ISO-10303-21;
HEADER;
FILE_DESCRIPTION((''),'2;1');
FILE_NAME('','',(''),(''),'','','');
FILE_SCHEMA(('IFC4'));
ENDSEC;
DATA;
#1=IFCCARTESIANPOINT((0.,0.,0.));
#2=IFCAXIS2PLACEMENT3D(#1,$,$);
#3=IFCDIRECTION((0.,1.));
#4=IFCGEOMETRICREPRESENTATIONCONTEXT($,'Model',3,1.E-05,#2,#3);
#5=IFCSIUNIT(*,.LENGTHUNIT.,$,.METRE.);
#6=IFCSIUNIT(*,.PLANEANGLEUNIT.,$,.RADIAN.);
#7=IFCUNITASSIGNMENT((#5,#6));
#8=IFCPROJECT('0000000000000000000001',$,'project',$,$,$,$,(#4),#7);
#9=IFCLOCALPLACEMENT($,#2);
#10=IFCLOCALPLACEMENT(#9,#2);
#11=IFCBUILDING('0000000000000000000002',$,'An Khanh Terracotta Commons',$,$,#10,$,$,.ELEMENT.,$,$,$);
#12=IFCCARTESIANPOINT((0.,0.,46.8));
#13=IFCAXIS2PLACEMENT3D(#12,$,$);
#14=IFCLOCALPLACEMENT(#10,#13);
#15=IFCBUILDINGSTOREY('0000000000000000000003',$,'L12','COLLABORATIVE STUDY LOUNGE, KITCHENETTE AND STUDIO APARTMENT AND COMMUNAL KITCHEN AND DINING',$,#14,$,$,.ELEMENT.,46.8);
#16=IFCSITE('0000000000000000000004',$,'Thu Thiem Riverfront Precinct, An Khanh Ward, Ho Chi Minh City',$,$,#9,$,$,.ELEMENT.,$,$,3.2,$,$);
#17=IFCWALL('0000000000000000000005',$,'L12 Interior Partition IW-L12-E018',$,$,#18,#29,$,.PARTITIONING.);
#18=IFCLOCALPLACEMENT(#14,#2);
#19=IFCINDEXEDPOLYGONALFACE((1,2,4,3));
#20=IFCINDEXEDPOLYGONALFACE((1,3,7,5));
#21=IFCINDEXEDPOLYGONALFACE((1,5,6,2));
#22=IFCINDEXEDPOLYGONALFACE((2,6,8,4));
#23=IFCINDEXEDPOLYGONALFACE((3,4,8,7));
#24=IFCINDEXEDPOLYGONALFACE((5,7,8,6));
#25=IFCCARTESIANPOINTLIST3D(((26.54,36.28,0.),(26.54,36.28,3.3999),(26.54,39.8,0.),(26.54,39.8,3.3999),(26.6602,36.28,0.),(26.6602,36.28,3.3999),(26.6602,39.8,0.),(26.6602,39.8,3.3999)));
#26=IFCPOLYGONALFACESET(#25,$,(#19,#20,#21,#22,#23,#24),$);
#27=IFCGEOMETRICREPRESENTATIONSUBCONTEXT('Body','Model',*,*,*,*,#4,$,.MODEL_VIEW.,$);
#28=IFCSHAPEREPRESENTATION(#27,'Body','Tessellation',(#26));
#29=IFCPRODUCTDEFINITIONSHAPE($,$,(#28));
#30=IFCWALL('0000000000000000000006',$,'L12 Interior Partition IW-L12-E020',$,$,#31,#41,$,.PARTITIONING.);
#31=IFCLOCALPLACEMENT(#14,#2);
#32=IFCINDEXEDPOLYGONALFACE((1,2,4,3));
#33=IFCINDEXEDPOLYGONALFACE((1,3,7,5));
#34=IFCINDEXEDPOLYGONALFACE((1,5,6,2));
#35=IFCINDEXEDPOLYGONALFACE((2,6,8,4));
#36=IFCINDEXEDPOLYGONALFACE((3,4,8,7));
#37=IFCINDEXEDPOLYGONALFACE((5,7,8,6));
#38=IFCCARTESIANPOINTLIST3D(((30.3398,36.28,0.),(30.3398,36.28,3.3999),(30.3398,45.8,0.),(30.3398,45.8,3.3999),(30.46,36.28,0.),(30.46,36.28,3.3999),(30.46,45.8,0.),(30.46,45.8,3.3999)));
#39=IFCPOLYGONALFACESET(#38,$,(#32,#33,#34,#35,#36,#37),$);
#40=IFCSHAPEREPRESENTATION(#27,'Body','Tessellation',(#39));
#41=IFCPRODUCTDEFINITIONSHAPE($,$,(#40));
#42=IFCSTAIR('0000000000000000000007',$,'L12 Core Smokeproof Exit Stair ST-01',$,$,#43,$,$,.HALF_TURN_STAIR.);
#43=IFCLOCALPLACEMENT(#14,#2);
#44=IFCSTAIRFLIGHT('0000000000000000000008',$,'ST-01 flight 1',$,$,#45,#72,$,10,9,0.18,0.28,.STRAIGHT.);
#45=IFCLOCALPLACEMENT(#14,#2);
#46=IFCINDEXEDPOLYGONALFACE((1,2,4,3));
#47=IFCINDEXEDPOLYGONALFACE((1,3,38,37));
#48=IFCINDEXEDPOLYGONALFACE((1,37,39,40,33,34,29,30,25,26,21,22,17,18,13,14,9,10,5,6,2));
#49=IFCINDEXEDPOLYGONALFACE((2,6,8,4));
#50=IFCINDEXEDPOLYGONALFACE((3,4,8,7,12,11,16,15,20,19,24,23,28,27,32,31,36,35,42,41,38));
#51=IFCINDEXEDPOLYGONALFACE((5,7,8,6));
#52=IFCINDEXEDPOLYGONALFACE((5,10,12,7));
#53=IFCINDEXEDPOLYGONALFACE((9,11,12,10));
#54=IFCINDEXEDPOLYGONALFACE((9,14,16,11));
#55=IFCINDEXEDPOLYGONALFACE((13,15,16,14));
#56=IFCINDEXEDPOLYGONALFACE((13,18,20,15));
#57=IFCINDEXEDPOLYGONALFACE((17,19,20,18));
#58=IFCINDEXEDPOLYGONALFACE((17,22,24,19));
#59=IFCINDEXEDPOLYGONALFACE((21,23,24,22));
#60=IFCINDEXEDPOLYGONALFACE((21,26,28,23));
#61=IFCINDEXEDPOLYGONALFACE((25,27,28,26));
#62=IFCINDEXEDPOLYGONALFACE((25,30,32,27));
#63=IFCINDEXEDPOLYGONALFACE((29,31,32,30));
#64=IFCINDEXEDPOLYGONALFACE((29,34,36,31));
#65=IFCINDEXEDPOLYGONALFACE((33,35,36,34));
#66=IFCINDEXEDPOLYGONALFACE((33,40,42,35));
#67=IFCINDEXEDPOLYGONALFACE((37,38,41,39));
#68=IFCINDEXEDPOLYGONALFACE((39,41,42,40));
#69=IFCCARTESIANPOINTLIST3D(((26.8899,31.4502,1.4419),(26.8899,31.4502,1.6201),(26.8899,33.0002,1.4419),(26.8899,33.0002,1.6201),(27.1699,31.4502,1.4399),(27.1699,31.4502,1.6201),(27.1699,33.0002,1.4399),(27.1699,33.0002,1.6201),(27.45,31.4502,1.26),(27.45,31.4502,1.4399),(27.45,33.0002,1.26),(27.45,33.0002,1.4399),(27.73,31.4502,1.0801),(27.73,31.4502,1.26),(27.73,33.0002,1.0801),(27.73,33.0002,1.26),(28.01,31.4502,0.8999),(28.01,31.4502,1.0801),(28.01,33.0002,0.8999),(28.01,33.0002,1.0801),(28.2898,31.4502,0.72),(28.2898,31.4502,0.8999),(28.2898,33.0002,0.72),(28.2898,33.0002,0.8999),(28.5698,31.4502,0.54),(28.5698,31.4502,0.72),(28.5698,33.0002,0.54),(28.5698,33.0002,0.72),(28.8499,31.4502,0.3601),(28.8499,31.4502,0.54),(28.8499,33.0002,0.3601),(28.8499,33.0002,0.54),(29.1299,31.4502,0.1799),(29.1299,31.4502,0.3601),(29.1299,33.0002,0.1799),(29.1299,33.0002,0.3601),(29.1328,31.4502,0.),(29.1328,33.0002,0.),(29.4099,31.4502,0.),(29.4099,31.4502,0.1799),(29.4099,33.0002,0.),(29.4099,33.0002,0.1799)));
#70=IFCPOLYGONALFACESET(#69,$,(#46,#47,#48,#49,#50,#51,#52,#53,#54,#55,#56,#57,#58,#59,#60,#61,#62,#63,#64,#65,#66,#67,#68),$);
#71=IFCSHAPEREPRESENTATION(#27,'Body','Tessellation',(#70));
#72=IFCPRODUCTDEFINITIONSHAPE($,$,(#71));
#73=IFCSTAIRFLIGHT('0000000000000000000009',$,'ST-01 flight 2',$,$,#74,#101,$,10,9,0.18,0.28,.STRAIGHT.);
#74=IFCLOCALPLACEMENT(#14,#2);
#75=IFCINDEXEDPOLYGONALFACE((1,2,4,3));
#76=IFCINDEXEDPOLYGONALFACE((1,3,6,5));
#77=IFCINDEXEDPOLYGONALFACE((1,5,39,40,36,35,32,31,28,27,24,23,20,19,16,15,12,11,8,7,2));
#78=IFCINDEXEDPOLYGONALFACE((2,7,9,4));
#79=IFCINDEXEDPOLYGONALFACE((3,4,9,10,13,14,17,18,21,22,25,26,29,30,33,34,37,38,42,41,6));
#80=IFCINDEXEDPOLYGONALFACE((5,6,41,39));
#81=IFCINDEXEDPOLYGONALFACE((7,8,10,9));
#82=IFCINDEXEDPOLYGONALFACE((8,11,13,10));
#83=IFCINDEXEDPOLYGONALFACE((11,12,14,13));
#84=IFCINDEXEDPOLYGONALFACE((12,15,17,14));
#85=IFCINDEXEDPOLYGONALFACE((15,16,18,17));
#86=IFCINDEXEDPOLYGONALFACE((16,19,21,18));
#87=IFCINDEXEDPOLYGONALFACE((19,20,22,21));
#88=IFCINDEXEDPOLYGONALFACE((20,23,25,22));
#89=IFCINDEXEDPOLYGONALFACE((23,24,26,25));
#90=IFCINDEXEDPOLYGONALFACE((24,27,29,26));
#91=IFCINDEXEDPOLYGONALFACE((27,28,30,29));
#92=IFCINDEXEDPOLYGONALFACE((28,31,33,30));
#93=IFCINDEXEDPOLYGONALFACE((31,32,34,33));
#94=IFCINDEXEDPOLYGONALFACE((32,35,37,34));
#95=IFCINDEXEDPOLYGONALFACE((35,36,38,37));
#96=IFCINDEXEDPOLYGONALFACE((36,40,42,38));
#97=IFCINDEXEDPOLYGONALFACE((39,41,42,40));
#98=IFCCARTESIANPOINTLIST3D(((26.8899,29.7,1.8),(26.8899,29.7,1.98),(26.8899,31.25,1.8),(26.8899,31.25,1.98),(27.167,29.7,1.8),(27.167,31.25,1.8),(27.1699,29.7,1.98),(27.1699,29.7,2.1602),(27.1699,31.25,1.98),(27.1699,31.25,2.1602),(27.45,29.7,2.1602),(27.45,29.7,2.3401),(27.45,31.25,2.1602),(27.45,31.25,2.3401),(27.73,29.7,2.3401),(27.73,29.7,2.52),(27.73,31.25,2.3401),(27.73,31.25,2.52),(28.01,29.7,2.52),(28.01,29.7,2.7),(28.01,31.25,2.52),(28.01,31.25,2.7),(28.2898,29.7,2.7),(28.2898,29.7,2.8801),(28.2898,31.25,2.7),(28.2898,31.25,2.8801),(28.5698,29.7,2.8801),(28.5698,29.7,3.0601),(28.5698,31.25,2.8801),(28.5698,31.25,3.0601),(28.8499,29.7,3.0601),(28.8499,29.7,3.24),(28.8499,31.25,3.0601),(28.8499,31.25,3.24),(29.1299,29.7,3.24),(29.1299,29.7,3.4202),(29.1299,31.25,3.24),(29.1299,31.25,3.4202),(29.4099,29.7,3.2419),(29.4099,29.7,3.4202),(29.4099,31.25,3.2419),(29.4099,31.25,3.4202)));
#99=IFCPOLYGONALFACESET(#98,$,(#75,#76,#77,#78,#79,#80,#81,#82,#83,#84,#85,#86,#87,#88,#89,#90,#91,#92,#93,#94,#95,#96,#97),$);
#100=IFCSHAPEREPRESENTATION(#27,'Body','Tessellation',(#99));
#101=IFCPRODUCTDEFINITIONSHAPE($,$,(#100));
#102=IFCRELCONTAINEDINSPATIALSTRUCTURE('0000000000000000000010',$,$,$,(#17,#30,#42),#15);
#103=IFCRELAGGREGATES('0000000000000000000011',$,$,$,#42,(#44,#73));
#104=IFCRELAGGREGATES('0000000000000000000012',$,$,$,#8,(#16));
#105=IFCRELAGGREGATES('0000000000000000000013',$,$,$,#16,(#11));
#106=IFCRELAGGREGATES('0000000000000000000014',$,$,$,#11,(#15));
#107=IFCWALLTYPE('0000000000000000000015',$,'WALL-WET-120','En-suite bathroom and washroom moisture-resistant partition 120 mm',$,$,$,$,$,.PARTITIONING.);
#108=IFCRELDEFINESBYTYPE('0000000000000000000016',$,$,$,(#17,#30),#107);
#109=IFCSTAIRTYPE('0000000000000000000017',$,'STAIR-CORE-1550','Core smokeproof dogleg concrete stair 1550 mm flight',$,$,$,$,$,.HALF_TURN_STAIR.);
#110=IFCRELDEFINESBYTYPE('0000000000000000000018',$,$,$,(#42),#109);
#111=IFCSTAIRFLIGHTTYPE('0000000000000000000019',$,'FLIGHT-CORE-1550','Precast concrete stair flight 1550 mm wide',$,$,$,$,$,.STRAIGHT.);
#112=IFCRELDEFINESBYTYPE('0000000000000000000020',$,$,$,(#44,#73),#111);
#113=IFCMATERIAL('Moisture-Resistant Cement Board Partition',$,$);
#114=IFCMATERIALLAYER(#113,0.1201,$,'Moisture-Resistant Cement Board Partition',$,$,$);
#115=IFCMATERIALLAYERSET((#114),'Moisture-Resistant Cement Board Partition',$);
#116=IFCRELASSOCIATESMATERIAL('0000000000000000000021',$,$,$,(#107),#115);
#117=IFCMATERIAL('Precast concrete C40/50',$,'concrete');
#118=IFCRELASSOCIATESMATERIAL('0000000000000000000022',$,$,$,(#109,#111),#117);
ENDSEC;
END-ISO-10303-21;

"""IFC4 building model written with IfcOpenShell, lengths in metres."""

from ifc_helpers import new_model, si_unit, direction, frame, frame_2d, origin, place, context, subcontext, project, spatial, polyline, rectangle, outline, extrude, material, layer, layer_set, type_object, element, aggregate, save


model = new_model("IFC4")

# Units and contexts
model_context = context("Model", 3, precision=1e-05, world=origin(), true_north=direction((0.0, 1.0)))
body_context = subcontext(model_context, "Body", "Model", "MODEL_VIEW")
ifc_project = project(units=[si_unit("LENGTHUNIT", "METRE"), si_unit("PLANEANGLEUNIT", "RADIAN")], contexts=[model_context])

# Site, building, storey
site_placement = place(None, origin())
site = spatial("IfcSite", under=ifc_project, at=site_placement, Name="Thu Thiem Riverfront Precinct, An Khanh Ward, Ho Chi Minh City", CompositionType="ELEMENT", RefElevation=3.2)
building_placement = place(site_placement, origin())
building = spatial("IfcBuilding", under=site, at=building_placement, Name="An Khanh Terracotta Commons", CompositionType="ELEMENT")
storey_placement = place(building_placement, frame((0.0, 0.0, 46.8)))
storey = spatial("IfcBuildingStorey", under=building, at=storey_placement, Name="L12", Description="COLLABORATIVE STUDY LOUNGE, KITCHENETTE AND STUDIO APARTMENT AND COMMUNAL KITCHEN AND DINING", CompositionType="ELEMENT", Elevation=46.8)

# Walls
ifc_material_1 = material(Name="Moisture-Resistant Cement Board Partition")
ifc_layer_1 = layer(ifc_material_1, 0.1201, Name="Moisture-Resistant Cement Board Partition")
ifc_layer_set_1 = layer_set([ifc_layer_1], Name="Moisture-Resistant Cement Board Partition")
wall_type_1 = type_object("IfcWallType", Name="WALL-WET-120", Description="En-suite bathroom and washroom moisture-resistant partition 120 mm", PredefinedType="PARTITIONING", material=ifc_layer_set_1)
wall_1_placement = place(storey_placement, frame((26.6001, 36.28, 0.0), z_axis=(0.0, 0.0, 1.0), x_axis=(0.0, 1.0, 0.0)))
element("IfcWall", 1, at=wall_1_placement, inside=storey, type_object=wall_type_1, Name="L12 Interior Partition IW-L12-E018", PredefinedType="PARTITIONING", context=body_context, shape_type="SweptSolid", body=[
    extrude(rectangle(XDim=3.52, YDim=0.1201, at=frame_2d((1.76, 0.0))), origin(), (0.0, 0.0, 1.0), 3.3999),
])
wall_2_placement = place(storey_placement, frame((30.3999, 36.28, 0.0), z_axis=(0.0, 0.0, 1.0), x_axis=(0.0, 1.0, 0.0)))
element("IfcWall", 2, at=wall_2_placement, inside=storey, type_object=wall_type_1, Name="L12 Interior Partition IW-L12-E020", PredefinedType="PARTITIONING", context=body_context, shape_type="SweptSolid", body=[
    extrude(rectangle(XDim=9.52, YDim=0.1201, at=frame_2d((4.76, 0.0))), origin(), (0.0, 0.0, 1.0), 3.3999),
])

# Stair, stair flights
ifc_material_2 = material(Name="Precast concrete C40/50", Category="concrete")
stair_type = type_object("IfcStairType", Name="STAIR-CORE-1550", Description="Core smokeproof dogleg concrete stair 1550 mm flight", PredefinedType="HALF_TURN_STAIR", material=ifc_material_2)
stair_placement = place(storey_placement, origin())
stair = element("IfcStair", 3, at=stair_placement, inside=storey, type_object=stair_type, Name="L12 Core Smokeproof Exit Stair ST-01", PredefinedType="HALF_TURN_STAIR")
stair_flight_type = type_object("IfcStairFlightType", Name="FLIGHT-CORE-1550", Description="Precast concrete stair flight 1550 mm wide", PredefinedType="STRAIGHT", material=ifc_material_2)
stair_flight_1_placement = place(storey_placement, frame((29.4099, 32.2251, 0.0), z_axis=(0.0, 0.0, 1.0), x_axis=(-1.0, 0.0, 0.0)))
stair_flight_1 = element("IfcStairFlight", 4, at=stair_flight_1_placement, type_object=stair_flight_type, Name="ST-01 flight 1", NumberOfRisers=10, NumberOfTreads=9, PredefinedType="STRAIGHT", RiserHeight=0.18, TreadLength=0.28, context=body_context, shape_type="SweptSolid", body=[
    extrude(outline(polyline([(0.0, 0.0), (0.0, 0.1799), (0.28, 0.1799), (0.28, 0.3601), (0.5601, 0.3601), (0.5601, 0.54), (0.8401, 0.54), (0.8401, 0.72), (1.1201, 0.72), (1.1201, 0.8999), (1.3999, 0.8999), (1.3999, 1.0801), (1.6799, 1.0801), (1.6799, 1.26), (1.96, 1.26), (1.96, 1.4399), (2.24, 1.4399), (2.24, 1.6201), (2.52, 1.6201), (2.52, 1.8), (2.52, 1.4419), (0.2771, 0.0), (0.0, 0.0)])), frame((0.0, 0.7749, 0.0), z_axis=(0.0, -1.0, 0.0), x_axis=(1.0, 0.0, 0.0)), (0.0, 0.0, 1.0), 1.55),
])
stair_flight_2_placement = place(storey_placement, frame((26.8899, 30.4751, 1.8), z_axis=(0.0, 0.0, 1.0), x_axis=(1.0, 0.0, 0.0)))
stair_flight_2 = element("IfcStairFlight", 5, at=stair_flight_2_placement, type_object=stair_flight_type, Name="ST-01 flight 2", NumberOfRisers=10, NumberOfTreads=9, PredefinedType="STRAIGHT", RiserHeight=0.18, TreadLength=0.28, context=body_context, shape_type="SweptSolid", body=[
    extrude(outline(polyline([(0.0, 0.0), (0.0, 0.1799), (0.28, 0.1799), (0.28, 0.3601), (0.5601, 0.3601), (0.5601, 0.54), (0.8401, 0.54), (0.8401, 0.72), (1.1201, 0.72), (1.1201, 0.8999), (1.3999, 0.8999), (1.3999, 1.0801), (1.6799, 1.0801), (1.6799, 1.26), (1.96, 1.26), (1.96, 1.4399), (2.24, 1.4399), (2.24, 1.6201), (2.52, 1.6201), (2.52, 1.8), (2.52, 1.4419), (0.2771, 0.0), (0.0, 0.0)])), frame((0.0, 0.7749, 0.0), z_axis=(0.0, -1.0, 0.0), x_axis=(1.0, 0.0, 0.0)), (0.0, 0.0, 1.0), 1.55),
])
aggregate(stair, [stair_flight_1, stair_flight_2])

save(model, "model.ifc")
